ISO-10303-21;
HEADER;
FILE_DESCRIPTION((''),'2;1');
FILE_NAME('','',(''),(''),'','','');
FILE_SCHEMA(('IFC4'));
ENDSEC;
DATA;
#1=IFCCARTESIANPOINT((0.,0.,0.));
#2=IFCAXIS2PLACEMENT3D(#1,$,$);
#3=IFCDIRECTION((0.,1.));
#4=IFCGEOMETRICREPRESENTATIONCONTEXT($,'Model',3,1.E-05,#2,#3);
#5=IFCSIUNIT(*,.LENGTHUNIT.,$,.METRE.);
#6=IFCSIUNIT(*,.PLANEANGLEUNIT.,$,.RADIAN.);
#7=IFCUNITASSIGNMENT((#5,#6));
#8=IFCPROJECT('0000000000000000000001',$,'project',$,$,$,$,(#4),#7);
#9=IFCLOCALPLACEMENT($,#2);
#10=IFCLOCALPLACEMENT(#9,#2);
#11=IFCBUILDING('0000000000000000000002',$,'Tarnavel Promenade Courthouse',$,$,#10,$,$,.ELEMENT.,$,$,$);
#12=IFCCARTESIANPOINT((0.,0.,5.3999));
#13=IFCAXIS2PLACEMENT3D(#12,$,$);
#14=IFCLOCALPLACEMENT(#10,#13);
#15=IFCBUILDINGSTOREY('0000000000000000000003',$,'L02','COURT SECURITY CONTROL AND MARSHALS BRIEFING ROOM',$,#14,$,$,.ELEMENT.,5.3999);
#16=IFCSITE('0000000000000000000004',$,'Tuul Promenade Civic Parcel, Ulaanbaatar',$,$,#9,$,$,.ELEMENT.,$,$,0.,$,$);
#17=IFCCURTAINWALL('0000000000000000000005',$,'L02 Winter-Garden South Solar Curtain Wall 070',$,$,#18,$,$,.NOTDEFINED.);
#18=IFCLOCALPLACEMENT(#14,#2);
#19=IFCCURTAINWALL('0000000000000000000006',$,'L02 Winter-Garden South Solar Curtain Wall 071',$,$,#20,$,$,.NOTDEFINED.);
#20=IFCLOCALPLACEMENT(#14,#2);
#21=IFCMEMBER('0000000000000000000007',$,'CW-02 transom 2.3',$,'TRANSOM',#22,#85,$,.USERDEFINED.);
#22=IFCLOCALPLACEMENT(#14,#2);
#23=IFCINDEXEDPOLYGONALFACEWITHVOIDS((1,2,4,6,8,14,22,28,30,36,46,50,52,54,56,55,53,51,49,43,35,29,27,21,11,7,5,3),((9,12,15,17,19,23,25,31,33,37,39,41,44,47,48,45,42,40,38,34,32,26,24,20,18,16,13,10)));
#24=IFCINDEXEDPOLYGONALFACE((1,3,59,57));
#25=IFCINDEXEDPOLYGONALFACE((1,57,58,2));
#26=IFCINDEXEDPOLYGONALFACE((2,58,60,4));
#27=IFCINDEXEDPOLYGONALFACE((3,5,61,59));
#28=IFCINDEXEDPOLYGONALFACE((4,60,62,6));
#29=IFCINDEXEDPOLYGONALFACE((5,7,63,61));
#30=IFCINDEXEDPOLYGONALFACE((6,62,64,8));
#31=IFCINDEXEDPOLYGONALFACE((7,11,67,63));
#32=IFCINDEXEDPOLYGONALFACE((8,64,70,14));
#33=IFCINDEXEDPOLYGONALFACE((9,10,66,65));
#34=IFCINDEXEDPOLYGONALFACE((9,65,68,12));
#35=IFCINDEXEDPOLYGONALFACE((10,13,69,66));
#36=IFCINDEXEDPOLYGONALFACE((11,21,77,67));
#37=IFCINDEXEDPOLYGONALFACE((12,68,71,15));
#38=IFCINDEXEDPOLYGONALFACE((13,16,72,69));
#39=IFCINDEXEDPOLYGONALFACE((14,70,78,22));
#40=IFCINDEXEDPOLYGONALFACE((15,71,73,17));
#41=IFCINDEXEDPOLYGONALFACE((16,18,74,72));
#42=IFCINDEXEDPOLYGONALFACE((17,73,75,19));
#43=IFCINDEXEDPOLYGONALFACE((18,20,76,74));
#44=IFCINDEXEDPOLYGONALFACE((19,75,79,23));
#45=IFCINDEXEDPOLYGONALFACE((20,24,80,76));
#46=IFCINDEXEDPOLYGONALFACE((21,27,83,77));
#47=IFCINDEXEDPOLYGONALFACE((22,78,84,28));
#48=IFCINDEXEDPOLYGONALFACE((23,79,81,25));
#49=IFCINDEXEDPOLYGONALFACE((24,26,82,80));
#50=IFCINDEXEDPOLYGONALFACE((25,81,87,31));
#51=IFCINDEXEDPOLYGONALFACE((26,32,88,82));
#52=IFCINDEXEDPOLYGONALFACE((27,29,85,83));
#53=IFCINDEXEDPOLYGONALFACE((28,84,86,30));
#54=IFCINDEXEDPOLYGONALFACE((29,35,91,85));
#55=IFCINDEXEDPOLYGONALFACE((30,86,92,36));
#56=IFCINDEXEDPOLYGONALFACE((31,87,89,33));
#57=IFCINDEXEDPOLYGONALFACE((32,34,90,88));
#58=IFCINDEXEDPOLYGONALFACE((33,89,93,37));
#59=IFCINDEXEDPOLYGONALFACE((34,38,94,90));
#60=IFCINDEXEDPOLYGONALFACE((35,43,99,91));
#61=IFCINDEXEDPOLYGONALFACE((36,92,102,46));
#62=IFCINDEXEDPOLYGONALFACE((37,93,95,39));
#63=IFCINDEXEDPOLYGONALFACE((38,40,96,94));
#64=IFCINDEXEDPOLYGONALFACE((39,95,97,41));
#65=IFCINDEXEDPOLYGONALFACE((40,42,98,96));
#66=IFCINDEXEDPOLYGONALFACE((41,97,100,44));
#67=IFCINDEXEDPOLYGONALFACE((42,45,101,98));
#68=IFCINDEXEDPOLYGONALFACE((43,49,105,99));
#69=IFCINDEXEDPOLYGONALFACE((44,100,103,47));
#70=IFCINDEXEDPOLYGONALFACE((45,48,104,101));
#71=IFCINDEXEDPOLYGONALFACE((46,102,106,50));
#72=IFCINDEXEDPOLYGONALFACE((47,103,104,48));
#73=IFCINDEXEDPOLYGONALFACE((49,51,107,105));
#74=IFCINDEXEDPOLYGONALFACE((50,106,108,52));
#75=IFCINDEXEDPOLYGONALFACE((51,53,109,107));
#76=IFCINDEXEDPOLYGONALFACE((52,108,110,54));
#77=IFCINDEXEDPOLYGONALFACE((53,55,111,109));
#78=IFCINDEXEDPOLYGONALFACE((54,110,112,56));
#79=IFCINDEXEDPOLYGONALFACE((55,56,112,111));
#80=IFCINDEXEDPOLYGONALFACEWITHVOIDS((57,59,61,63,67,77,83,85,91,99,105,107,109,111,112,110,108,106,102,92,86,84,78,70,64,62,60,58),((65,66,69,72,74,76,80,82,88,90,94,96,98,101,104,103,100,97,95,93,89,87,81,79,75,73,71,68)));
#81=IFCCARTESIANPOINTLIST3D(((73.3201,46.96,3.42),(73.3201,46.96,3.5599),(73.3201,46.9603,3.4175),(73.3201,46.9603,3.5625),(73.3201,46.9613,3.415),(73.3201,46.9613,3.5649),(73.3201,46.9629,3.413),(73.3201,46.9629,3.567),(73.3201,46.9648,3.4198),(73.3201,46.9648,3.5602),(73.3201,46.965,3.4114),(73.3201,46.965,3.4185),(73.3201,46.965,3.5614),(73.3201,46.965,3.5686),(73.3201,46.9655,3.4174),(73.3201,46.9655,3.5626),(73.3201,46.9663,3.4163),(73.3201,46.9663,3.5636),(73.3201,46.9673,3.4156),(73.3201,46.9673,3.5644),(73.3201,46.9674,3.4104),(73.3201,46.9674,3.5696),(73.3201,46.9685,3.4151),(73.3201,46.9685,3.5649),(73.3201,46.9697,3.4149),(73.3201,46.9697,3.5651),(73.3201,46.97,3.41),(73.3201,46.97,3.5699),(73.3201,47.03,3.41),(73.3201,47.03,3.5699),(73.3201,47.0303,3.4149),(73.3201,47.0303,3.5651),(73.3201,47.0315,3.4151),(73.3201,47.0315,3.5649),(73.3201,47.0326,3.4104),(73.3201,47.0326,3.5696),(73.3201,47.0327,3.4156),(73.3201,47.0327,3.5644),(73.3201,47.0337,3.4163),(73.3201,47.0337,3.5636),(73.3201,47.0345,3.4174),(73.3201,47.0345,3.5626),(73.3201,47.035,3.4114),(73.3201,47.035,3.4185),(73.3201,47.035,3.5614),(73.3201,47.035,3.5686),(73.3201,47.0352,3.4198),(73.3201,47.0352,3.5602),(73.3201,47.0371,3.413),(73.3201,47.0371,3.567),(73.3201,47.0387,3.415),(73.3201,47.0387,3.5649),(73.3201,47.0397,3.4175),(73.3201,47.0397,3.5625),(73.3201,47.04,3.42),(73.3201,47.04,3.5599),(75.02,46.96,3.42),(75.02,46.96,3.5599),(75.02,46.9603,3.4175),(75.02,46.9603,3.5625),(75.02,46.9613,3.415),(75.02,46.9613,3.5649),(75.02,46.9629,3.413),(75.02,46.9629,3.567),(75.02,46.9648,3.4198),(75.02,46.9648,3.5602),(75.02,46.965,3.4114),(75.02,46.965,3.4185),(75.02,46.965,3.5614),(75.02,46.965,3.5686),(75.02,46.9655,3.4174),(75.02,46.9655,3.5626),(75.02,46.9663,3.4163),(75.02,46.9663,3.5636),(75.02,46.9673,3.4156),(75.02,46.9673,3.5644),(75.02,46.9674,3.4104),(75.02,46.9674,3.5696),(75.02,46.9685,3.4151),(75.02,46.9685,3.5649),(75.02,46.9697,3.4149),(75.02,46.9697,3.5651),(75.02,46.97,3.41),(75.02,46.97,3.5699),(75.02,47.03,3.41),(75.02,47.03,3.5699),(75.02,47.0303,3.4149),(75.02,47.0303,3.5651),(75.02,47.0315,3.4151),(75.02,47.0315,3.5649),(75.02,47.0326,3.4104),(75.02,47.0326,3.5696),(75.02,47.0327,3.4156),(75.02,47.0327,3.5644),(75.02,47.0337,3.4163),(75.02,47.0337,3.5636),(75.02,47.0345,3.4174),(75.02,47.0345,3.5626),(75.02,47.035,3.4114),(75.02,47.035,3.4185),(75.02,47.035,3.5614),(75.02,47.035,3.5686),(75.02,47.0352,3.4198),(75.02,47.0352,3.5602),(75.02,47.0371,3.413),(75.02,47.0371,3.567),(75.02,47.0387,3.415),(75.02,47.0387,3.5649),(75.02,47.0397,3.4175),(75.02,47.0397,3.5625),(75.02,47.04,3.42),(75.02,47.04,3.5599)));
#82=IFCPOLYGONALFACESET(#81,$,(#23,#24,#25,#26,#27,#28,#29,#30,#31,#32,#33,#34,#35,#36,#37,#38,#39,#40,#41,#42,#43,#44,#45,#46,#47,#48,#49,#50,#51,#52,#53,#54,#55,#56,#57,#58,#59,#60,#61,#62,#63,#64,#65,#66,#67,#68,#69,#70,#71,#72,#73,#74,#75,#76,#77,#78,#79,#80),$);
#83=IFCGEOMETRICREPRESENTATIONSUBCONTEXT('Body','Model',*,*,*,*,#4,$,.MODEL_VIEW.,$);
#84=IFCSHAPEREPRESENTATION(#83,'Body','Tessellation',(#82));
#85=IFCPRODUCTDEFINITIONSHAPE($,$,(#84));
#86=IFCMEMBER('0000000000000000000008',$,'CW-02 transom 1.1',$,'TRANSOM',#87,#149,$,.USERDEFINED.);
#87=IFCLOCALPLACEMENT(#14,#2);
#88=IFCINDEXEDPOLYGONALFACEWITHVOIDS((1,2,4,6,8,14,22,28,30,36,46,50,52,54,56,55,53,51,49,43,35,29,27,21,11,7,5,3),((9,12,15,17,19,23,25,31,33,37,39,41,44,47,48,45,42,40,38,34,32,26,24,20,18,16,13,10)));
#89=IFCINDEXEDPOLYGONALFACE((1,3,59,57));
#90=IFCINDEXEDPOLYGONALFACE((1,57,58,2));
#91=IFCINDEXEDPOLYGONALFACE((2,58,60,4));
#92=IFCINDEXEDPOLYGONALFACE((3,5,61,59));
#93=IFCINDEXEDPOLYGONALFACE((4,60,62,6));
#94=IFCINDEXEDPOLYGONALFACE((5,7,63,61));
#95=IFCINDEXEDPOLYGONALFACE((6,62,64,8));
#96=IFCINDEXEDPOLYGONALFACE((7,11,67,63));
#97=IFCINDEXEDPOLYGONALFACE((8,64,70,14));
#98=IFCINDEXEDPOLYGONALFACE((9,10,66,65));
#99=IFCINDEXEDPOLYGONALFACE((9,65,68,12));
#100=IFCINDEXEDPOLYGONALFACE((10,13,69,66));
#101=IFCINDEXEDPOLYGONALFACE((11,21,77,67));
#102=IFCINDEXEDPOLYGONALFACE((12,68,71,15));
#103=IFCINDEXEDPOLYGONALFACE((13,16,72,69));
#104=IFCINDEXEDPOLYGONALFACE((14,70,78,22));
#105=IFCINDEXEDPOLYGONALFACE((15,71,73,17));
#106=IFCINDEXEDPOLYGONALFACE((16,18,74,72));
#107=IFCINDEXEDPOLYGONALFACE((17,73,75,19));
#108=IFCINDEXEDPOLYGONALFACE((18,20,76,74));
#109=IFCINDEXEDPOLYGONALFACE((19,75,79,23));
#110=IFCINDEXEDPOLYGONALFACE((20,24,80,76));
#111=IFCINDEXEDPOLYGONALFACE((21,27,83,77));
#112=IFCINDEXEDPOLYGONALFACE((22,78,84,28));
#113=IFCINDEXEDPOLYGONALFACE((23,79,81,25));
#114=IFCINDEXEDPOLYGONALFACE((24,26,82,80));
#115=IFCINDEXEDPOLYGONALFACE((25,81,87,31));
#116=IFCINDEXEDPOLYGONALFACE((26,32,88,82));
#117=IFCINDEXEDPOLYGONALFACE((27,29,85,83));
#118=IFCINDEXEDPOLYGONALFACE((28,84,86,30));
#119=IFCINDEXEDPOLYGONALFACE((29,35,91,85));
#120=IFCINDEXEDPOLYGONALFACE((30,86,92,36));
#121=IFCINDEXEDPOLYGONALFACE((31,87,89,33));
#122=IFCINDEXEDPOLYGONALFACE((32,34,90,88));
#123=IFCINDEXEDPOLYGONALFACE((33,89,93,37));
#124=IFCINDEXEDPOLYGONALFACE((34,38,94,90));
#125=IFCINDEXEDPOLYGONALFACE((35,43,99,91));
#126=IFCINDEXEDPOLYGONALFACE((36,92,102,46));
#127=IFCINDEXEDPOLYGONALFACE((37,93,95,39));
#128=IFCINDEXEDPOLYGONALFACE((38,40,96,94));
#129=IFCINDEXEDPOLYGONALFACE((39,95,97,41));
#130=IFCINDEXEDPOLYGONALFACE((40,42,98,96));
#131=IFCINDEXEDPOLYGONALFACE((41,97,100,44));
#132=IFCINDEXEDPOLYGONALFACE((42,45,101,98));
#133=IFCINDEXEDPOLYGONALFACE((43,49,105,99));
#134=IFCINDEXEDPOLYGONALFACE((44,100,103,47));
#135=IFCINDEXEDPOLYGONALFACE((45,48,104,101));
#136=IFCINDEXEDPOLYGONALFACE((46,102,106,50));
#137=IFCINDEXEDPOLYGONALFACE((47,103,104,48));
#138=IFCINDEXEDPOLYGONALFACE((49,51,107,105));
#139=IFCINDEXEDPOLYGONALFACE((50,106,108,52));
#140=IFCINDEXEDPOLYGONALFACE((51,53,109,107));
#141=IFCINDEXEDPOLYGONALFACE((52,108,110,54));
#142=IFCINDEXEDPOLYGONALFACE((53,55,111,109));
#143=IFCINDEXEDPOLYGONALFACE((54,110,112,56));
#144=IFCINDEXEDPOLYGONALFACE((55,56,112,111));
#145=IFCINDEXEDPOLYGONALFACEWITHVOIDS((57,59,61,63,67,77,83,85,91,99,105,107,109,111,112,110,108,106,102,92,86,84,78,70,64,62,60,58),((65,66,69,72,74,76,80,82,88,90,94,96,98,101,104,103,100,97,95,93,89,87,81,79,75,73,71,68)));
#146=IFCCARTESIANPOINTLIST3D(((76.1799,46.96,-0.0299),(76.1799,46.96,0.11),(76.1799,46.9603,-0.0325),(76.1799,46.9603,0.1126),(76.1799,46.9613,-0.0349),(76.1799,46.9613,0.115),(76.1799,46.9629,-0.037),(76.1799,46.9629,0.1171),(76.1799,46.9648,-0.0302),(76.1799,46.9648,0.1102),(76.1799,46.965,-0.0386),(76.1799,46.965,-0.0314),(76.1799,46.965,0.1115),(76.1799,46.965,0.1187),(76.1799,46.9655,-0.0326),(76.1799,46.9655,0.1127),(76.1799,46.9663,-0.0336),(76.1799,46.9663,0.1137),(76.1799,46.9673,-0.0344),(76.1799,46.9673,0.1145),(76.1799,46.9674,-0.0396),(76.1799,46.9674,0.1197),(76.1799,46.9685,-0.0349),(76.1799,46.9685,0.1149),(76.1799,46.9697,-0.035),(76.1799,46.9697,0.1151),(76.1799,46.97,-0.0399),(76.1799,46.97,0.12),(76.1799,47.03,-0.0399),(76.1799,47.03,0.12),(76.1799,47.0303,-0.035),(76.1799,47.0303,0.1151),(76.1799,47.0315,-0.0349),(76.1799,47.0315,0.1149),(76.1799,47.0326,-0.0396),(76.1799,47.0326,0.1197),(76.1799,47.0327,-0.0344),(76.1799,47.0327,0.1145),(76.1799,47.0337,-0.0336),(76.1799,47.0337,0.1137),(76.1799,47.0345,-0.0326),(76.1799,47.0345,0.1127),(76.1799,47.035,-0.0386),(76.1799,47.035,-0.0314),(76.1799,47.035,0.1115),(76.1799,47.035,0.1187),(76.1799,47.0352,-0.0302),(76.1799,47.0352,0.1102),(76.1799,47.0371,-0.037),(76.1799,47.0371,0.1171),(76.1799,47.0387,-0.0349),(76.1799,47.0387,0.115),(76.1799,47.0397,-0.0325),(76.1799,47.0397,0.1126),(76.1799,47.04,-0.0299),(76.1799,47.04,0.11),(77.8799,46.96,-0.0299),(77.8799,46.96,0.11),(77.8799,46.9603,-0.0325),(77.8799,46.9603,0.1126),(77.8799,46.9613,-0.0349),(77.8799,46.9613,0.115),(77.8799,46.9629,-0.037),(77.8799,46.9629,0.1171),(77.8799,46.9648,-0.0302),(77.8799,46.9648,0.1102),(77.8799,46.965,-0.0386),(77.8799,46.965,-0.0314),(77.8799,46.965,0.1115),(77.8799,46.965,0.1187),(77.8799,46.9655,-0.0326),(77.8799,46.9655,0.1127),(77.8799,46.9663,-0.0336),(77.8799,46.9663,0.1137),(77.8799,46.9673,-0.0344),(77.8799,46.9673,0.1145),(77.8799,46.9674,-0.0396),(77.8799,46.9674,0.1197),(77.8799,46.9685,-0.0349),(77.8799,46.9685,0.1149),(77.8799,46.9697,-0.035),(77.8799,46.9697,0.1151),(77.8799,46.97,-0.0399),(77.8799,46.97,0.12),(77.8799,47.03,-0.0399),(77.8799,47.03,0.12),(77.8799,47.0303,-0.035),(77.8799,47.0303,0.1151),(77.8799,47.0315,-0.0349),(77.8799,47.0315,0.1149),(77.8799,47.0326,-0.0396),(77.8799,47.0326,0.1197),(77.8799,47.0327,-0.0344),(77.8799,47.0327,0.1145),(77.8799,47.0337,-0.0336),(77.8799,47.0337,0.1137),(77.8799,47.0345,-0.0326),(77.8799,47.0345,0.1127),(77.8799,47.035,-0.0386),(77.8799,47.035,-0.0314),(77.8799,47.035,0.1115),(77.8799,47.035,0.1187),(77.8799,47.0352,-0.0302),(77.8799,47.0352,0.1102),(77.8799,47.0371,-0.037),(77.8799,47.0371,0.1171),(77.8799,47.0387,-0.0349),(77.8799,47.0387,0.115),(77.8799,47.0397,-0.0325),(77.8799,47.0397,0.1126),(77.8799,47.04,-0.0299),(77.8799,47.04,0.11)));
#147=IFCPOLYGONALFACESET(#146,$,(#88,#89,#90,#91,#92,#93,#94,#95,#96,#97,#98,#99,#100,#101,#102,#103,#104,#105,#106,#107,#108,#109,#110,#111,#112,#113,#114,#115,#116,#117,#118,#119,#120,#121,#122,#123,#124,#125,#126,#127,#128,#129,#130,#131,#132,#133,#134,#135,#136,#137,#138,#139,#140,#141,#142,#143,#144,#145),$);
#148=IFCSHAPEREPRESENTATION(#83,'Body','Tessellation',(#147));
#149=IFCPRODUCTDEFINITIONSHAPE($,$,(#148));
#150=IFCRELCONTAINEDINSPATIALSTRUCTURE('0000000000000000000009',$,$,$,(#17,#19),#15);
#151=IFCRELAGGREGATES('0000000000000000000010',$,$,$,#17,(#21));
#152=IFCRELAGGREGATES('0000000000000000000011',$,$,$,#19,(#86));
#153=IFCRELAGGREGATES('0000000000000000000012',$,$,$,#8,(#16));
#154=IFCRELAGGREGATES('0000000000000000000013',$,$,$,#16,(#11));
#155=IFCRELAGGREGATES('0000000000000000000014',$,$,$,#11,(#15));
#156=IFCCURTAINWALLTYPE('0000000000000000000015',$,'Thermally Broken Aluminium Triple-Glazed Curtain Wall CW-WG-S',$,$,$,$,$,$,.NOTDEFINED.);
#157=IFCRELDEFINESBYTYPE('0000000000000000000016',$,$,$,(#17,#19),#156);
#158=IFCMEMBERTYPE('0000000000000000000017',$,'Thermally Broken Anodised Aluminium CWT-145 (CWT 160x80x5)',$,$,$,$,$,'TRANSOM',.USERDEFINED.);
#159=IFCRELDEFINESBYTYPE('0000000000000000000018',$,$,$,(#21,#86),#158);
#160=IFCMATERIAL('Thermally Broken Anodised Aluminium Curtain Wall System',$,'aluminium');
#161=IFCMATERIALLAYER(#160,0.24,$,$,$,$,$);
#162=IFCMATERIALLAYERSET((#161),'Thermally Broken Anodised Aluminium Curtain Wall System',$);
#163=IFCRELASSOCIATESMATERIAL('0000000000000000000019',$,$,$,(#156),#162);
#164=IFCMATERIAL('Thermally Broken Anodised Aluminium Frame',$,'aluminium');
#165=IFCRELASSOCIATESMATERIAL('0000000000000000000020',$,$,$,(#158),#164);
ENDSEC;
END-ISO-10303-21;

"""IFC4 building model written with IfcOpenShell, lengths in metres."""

from ifc_helpers import new_model, si_unit, direction, frame, origin, origin_2d, place, context, subcontext, project, spatial, hollow_rectangle, extrude, material, layer, layer_set, material_profile, profile_set, type_object, element, aggregate, save


model = new_model("IFC4")

# Units and contexts
model_context = context("Model", 3, precision=1e-05, world=origin(), true_north=direction((0.0, 1.0)))
body_context = subcontext(model_context, "Body", "Model", "MODEL_VIEW")
ifc_project = project(units=[si_unit("LENGTHUNIT", "METRE"), si_unit("PLANEANGLEUNIT", "RADIAN")], contexts=[model_context])

# Site, building, storey
site_placement = place(None, origin())
site = spatial("IfcSite", under=ifc_project, at=site_placement, Name="Tuul Promenade Civic Parcel, Ulaanbaatar", CompositionType="ELEMENT", RefElevation=0.0)
building_placement = place(site_placement, origin())
building = spatial("IfcBuilding", under=site, at=building_placement, Name="Tarnavel Promenade Courthouse", CompositionType="ELEMENT")
storey_placement = place(building_placement, frame((0.0, 0.0, 5.3999)))
storey = spatial("IfcBuildingStorey", under=building, at=storey_placement, Name="L02", Description="COURT SECURITY CONTROL AND MARSHALS BRIEFING ROOM", CompositionType="ELEMENT", Elevation=5.3999)

# Curtain wall
ifc_material_1 = material(Name="Thermally Broken Anodised Aluminium Curtain Wall System", Category="aluminium")
ifc_layer_1 = layer(ifc_material_1, 0.24)
ifc_layer_set_1 = layer_set([ifc_layer_1], Name="Thermally Broken Anodised Aluminium Curtain Wall System")
curtain_wall_type = type_object("IfcCurtainWallType", Name="Thermally Broken Aluminium Triple-Glazed Curtain Wall CW-WG-S", PredefinedType="NOTDEFINED", material=ifc_layer_set_1)
ifc_material_2 = material(Name="Thermally Broken Anodised Aluminium Frame", Category="aluminium")
curtain_wall_1_placement = place(storey_placement, origin())
curtain_wall_1 = element("IfcCurtainWall", 1, at=curtain_wall_1_placement, inside=storey, type_object=curtain_wall_type, Name="L02 Winter-Garden South Solar Curtain Wall 070", PredefinedType="NOTDEFINED")

# Curtain wall
curtain_wall_2_placement = place(storey_placement, origin())
curtain_wall_2 = element("IfcCurtainWall", 2, at=curtain_wall_2_placement, inside=storey, type_object=curtain_wall_type, Name="L02 Winter-Garden South Solar Curtain Wall 071", PredefinedType="NOTDEFINED")

# Members
ifc_material_profile_1 = material_profile(ifc_material_2, hollow_rectangle(XDim=0.0801, YDim=0.1599, WallThickness=0.0049, InnerFilletRadius=0.0049, OuterFilletRadius=0.01, at=origin_2d()), Name="CWT 160x80x5")
ifc_profile_set_1 = profile_set([ifc_material_profile_1], Name="Thermally Broken Anodised Aluminium Frame")
member_type_1 = type_object("IfcMemberType", Name="Thermally Broken Anodised Aluminium CWT-145 (CWT 160x80x5)", ElementType="TRANSOM", PredefinedType="USERDEFINED", material=ifc_profile_set_1)
member_1_placement = place(storey_placement, frame((73.3201, 47.0, 3.49), z_axis=(1.0, 0.0, 0.0), x_axis=(0.0, 1.0, 0.0)))
member_1 = element("IfcMember", 3, at=member_1_placement, type_object=member_type_1, Name="CW-02 transom 2.3", ObjectType="TRANSOM", PredefinedType="USERDEFINED", context=body_context, shape_type="SweptSolid", body=[
    extrude(hollow_rectangle(XDim=0.0801, YDim=0.1599, WallThickness=0.0049, InnerFilletRadius=0.0049, OuterFilletRadius=0.01, at=origin_2d()), origin(), (0.0, 0.0, 1.0), 1.7),
])
member_2_placement = place(storey_placement, frame((76.1799, 47.0, 0.04), z_axis=(1.0, 0.0, 0.0), x_axis=(0.0, 1.0, 0.0)))
member_2 = element("IfcMember", 4, at=member_2_placement, type_object=member_type_1, Name="CW-02 transom 1.1", ObjectType="TRANSOM", PredefinedType="USERDEFINED", context=body_context, shape_type="SweptSolid", body=[
    extrude(hollow_rectangle(XDim=0.0801, YDim=0.1599, WallThickness=0.0049, InnerFilletRadius=0.0049, OuterFilletRadius=0.01, at=origin_2d()), origin(), (0.0, 0.0, 1.0), 1.7),
])

aggregate(curtain_wall_1, [member_1])
aggregate(curtain_wall_2, [member_2])

save(model, "model.ifc")
